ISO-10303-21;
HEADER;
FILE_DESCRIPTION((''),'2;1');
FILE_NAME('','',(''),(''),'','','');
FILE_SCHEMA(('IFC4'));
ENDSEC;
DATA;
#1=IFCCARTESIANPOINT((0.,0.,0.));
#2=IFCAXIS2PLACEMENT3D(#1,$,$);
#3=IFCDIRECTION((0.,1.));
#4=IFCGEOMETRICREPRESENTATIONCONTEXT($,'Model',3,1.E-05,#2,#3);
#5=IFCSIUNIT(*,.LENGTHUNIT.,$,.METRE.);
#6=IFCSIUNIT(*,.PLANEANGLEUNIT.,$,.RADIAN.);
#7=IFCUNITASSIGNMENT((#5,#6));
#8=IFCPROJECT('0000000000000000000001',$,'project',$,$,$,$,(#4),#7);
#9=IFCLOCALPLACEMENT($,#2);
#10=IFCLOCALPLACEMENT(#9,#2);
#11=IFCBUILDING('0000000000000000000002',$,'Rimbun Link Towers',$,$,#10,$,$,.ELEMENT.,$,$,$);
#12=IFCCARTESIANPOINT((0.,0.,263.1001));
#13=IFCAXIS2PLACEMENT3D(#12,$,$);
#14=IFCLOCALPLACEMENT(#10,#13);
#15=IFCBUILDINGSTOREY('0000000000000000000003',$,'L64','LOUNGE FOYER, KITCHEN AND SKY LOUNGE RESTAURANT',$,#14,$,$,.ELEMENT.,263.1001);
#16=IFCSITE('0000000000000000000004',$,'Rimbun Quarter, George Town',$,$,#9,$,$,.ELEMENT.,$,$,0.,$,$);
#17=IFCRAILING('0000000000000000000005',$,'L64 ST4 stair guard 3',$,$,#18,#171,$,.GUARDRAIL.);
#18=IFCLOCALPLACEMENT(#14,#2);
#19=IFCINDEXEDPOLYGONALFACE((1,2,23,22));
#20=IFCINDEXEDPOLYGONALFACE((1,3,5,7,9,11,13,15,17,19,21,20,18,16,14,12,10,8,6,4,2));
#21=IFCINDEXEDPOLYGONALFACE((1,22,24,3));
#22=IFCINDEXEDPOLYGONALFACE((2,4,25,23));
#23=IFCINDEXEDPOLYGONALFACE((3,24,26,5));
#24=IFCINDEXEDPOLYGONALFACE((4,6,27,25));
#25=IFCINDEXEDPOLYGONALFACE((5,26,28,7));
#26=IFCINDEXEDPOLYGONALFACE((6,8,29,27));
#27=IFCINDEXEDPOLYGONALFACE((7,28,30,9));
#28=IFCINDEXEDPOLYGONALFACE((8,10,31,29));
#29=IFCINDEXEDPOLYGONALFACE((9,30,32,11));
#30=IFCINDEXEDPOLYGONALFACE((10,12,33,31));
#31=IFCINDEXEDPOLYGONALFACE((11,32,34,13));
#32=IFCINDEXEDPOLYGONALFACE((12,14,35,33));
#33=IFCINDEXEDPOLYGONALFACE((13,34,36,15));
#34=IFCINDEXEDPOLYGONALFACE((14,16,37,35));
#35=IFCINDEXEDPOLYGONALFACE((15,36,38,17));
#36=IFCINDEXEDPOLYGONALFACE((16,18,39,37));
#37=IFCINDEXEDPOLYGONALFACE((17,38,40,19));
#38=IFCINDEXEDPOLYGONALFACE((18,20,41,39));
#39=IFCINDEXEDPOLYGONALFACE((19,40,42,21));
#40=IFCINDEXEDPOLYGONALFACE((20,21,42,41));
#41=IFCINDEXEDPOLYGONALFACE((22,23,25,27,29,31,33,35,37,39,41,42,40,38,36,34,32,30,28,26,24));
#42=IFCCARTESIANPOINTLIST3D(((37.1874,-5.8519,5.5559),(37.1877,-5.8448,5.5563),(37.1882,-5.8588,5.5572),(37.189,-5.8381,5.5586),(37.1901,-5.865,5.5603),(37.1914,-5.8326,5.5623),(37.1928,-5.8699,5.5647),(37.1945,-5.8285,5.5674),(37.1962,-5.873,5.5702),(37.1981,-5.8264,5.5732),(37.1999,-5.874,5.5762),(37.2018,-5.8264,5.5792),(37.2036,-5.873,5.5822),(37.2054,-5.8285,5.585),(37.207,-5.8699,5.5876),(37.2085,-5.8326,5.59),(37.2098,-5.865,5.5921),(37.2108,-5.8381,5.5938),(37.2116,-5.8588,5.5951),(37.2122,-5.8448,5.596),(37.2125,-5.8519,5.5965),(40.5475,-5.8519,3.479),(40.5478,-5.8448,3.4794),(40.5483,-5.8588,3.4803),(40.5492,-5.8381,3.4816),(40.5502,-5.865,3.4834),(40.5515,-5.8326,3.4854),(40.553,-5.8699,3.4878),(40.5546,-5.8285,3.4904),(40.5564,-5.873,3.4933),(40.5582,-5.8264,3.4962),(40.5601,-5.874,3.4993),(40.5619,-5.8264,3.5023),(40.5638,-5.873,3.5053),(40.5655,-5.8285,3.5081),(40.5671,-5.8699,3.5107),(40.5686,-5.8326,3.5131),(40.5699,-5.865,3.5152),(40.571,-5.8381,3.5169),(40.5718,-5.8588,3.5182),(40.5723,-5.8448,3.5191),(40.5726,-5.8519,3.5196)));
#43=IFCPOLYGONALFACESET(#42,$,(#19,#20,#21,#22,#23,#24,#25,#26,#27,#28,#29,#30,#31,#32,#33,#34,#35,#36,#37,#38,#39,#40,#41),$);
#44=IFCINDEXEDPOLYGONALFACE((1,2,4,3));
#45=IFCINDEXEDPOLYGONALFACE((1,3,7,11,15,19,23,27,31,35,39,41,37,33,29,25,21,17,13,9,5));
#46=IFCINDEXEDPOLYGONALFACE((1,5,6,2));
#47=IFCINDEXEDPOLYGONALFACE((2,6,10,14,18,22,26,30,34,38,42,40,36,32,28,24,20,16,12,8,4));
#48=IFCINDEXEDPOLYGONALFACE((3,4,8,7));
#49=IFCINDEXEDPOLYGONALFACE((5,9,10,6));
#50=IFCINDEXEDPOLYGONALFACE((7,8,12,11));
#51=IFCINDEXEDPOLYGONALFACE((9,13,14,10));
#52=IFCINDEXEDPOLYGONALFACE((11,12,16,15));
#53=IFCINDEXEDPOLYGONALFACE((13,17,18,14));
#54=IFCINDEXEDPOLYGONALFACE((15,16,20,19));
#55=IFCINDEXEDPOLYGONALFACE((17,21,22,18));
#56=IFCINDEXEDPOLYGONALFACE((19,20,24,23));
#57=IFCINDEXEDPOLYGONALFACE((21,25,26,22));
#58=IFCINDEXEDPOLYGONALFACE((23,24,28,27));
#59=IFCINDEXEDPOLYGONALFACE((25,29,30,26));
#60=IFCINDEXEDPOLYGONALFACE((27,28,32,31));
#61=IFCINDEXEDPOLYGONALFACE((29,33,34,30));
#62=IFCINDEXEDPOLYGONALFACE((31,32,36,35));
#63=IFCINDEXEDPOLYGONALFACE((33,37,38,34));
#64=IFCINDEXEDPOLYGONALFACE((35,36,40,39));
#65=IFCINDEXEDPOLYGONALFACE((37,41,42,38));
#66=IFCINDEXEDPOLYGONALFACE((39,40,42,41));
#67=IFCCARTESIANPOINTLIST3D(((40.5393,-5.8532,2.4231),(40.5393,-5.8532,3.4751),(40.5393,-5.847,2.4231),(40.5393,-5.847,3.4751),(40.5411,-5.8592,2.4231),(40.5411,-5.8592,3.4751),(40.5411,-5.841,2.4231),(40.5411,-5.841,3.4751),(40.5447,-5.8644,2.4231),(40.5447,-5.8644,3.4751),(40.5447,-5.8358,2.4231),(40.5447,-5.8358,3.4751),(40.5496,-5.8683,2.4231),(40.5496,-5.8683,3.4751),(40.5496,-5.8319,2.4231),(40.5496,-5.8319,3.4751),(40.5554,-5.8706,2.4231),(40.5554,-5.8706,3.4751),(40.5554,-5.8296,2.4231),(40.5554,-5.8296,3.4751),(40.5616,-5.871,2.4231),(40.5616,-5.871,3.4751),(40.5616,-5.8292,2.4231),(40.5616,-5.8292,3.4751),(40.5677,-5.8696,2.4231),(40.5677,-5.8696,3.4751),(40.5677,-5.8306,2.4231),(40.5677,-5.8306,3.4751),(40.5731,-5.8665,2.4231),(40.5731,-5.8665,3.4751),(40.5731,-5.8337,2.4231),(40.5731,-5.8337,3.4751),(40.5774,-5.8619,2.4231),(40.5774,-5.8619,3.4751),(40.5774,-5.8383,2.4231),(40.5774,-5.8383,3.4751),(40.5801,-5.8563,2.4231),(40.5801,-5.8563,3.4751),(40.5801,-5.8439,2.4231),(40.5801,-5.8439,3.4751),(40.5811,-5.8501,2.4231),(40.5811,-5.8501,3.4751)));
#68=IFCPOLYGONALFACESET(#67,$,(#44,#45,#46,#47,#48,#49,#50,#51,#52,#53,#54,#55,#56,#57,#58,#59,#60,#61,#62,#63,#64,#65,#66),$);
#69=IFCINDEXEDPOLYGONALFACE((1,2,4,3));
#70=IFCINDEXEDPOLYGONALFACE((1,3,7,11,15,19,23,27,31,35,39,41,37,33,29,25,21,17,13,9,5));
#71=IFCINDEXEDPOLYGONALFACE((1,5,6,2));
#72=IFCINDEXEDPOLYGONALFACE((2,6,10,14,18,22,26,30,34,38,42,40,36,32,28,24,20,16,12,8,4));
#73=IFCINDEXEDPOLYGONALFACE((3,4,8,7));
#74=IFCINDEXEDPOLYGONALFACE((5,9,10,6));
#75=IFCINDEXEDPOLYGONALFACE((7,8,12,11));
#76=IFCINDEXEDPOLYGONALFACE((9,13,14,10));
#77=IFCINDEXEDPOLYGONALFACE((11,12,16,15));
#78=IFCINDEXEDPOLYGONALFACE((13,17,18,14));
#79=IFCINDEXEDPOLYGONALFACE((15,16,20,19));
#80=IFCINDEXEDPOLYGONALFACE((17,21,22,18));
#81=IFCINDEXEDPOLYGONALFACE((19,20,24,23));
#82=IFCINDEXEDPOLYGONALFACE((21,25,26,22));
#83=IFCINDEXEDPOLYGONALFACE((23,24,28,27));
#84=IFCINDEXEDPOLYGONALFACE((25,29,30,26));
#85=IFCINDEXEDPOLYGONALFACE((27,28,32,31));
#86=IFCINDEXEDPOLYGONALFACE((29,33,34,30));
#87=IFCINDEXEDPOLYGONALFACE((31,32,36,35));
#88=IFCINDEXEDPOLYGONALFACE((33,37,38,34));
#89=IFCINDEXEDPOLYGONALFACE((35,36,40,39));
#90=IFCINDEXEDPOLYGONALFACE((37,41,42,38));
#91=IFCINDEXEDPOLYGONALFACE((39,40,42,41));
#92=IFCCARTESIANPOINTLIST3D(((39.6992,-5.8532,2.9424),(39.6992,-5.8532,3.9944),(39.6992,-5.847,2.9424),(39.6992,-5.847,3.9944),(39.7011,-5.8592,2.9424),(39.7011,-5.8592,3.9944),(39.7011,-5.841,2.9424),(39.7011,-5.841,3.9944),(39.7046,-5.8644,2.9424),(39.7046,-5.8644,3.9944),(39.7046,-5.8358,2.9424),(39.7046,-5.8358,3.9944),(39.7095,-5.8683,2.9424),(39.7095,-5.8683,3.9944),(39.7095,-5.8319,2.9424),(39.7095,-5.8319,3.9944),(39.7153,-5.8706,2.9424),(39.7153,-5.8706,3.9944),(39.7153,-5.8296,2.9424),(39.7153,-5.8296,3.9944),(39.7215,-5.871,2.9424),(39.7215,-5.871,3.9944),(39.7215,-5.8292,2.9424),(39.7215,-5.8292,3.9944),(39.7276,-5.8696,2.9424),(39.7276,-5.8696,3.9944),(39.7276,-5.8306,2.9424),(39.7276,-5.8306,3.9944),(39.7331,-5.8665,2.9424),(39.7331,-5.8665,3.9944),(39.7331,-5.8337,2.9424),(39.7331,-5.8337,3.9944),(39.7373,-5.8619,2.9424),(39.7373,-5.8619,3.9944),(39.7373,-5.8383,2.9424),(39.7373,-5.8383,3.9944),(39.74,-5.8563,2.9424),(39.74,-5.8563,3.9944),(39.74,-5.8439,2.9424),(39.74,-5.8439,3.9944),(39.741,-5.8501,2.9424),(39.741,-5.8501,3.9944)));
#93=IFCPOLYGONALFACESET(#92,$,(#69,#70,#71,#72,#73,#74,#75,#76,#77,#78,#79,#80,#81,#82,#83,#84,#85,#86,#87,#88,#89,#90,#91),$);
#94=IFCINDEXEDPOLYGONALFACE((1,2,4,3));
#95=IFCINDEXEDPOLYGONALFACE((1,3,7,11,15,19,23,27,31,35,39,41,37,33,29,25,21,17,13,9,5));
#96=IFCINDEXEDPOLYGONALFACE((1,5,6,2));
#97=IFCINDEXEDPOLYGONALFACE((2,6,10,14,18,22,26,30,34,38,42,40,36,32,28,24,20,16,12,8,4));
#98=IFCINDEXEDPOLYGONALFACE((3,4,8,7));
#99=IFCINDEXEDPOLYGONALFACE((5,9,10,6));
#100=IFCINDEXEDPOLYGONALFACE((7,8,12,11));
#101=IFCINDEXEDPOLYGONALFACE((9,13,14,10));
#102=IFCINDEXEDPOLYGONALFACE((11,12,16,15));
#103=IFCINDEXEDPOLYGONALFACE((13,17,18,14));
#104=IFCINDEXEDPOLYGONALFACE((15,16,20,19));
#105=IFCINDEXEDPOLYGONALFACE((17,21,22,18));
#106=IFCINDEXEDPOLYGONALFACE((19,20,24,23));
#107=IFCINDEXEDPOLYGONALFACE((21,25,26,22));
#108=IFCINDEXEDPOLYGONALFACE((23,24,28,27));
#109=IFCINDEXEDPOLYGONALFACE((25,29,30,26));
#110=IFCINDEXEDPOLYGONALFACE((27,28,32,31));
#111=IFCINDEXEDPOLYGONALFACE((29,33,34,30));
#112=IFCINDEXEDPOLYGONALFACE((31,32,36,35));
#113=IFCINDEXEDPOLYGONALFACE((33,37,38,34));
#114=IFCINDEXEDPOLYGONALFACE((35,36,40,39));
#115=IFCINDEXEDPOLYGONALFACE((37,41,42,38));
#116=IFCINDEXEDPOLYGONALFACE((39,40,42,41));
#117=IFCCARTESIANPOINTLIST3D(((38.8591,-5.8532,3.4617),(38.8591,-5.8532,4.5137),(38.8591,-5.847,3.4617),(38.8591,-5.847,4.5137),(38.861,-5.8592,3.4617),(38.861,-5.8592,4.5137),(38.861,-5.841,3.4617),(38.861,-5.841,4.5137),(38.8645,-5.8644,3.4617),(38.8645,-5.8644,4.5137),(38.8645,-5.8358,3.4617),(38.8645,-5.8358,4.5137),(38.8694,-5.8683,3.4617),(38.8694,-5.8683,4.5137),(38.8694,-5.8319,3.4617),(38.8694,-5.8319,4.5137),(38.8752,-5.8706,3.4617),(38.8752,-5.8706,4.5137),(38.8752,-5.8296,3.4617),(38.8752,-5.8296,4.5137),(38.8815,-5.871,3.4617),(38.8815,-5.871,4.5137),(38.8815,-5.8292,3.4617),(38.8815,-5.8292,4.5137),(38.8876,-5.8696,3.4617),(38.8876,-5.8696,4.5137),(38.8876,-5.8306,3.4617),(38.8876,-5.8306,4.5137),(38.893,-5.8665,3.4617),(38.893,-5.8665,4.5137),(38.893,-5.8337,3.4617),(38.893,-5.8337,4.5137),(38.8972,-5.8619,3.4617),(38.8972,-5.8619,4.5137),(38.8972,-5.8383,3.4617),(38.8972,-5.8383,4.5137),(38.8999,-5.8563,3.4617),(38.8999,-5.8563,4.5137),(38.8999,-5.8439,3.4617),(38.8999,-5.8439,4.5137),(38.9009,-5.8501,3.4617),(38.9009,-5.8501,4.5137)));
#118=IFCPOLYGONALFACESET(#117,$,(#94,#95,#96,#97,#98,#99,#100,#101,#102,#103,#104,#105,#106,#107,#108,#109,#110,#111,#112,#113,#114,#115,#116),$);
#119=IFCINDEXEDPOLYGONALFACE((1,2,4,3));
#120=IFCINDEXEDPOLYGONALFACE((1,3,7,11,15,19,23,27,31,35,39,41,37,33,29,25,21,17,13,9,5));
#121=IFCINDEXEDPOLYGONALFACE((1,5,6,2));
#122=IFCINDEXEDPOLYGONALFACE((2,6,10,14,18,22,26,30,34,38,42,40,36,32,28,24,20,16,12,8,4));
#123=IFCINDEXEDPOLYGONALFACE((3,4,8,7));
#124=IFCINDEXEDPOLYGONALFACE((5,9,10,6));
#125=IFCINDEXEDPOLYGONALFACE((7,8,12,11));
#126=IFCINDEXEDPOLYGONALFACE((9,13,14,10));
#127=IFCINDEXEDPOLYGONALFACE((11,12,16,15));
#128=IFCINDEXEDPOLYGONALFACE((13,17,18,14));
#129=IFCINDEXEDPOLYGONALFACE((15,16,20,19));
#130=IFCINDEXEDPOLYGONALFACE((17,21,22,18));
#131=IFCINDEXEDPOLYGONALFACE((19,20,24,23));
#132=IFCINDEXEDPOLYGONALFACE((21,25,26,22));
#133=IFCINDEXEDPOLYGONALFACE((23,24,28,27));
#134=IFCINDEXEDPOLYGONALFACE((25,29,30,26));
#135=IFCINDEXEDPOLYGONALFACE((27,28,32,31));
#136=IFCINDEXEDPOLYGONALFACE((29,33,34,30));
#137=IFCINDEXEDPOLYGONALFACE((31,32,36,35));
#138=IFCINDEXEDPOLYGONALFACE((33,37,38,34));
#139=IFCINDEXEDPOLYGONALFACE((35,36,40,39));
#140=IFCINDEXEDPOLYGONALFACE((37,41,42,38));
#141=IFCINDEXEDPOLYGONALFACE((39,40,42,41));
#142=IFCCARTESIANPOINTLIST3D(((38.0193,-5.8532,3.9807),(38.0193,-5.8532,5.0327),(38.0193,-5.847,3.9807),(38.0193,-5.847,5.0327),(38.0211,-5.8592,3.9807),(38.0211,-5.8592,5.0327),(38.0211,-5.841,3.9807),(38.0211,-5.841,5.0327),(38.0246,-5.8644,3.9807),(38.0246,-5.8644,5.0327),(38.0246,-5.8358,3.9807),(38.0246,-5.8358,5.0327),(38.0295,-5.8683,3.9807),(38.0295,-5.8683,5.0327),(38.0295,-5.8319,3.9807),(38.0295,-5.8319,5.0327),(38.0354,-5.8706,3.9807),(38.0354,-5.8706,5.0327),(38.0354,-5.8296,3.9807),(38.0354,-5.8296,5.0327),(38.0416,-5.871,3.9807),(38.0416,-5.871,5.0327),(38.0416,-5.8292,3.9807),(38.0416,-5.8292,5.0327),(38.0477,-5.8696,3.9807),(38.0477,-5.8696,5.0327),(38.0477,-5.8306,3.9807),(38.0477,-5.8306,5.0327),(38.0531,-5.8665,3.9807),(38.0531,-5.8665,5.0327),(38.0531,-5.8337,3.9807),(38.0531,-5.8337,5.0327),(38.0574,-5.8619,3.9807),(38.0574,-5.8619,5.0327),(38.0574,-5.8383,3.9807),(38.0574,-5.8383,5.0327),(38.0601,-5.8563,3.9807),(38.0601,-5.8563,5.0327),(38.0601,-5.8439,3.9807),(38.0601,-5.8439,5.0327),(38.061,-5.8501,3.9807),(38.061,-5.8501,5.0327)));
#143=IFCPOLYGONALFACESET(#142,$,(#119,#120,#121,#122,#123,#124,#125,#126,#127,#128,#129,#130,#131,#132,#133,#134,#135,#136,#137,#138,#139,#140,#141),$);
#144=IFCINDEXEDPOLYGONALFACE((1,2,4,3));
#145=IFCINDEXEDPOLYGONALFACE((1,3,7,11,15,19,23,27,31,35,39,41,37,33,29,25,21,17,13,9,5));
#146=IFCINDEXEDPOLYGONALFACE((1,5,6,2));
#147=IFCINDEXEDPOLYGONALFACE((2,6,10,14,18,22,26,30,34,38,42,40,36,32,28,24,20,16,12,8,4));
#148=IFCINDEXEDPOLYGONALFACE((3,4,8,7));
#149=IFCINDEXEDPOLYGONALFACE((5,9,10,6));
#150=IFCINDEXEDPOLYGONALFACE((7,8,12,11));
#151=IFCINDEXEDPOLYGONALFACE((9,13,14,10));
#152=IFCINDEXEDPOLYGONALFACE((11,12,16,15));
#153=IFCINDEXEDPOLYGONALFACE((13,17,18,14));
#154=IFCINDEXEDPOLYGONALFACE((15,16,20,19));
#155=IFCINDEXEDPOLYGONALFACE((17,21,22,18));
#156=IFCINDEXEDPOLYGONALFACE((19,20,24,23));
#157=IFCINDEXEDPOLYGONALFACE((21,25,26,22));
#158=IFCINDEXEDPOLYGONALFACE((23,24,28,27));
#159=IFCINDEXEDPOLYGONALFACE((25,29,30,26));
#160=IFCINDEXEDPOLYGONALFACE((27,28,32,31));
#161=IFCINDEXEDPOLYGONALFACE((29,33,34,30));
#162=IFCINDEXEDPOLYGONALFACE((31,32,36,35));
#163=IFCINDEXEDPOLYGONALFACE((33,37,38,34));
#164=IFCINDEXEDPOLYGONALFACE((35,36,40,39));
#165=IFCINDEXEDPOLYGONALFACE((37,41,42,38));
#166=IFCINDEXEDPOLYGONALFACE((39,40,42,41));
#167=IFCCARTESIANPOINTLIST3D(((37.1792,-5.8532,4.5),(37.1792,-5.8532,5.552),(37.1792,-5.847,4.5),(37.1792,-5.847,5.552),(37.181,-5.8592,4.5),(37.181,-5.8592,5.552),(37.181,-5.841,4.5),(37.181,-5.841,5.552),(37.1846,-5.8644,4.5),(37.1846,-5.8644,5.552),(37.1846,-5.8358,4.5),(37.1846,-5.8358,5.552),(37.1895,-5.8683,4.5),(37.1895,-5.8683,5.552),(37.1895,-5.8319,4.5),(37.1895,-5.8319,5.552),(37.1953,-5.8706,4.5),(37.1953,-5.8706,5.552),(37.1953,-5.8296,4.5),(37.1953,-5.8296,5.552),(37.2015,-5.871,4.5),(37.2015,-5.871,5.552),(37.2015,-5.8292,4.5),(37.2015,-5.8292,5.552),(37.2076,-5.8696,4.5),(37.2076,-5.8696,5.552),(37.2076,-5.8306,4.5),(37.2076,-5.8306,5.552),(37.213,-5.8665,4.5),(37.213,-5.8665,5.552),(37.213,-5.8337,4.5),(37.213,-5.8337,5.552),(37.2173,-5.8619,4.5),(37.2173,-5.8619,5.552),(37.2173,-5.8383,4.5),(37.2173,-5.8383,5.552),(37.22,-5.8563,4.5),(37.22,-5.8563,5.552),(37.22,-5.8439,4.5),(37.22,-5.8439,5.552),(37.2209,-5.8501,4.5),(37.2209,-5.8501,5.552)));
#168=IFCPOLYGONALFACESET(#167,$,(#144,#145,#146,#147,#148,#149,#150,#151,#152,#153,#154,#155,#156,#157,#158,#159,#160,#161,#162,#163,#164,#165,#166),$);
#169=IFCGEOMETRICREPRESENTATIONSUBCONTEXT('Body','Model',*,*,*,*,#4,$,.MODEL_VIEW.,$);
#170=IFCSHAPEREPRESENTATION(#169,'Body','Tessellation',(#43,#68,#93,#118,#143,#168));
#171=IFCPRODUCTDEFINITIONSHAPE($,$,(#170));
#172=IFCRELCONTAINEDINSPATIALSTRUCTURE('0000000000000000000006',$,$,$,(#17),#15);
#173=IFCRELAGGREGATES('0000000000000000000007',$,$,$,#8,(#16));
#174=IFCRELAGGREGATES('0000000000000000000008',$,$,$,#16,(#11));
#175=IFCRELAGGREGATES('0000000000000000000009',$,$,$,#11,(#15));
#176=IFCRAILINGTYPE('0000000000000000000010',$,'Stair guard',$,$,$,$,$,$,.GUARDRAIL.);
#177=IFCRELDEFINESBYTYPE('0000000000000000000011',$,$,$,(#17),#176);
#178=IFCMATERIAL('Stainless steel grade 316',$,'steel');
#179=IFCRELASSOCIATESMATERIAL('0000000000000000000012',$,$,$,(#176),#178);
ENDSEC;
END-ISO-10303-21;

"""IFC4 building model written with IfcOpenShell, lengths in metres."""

from ifc_helpers import new_model, si_unit, direction, frame, origin, origin_2d, place, context, subcontext, project, spatial, circle, extrude, material, type_object, element, save


model = new_model("IFC4")

# Units and contexts
model_context = context("Model", 3, precision=1e-05, world=origin(), true_north=direction((0.0, 1.0)))
body_context = subcontext(model_context, "Body", "Model", "MODEL_VIEW")
ifc_project = project(units=[si_unit("LENGTHUNIT", "METRE"), si_unit("PLANEANGLEUNIT", "RADIAN")], contexts=[model_context])

# Site, building, storey
site_placement = place(None, origin())
site = spatial("IfcSite", under=ifc_project, at=site_placement, Name="Rimbun Quarter, George Town", CompositionType="ELEMENT", RefElevation=0.0)
building_placement = place(site_placement, origin())
building = spatial("IfcBuilding", under=site, at=building_placement, Name="Rimbun Link Towers", CompositionType="ELEMENT")
storey_placement = place(building_placement, frame((0.0, 0.0, 263.1001)))
storey = spatial("IfcBuildingStorey", under=building, at=storey_placement, Name="L64", Description="LOUNGE FOYER, KITCHEN AND SKY LOUNGE RESTAURANT", CompositionType="ELEMENT", Elevation=263.1001)

# Railing
ifc_material_1 = material(Name="Stainless steel grade 316", Category="steel")
railing_type_1 = type_object("IfcRailingType", Name="Stair guard", PredefinedType="GUARDRAIL", material=ifc_material_1)
railing_1_placement = place(storey_placement, frame((40.5601, -5.8501, 2.4231)))
element("IfcRailing", 1, at=railing_1_placement, inside=storey, type_object=railing_type_1, Name="L64 ST4 stair guard 3", PredefinedType="GUARDRAIL", context=body_context, shape_type="SweptSolid", body=[
    extrude(circle(Radius=0.0239, at=origin_2d()), frame((0.0, 0.0, 1.0762), z_axis=(-0.850623, 0.0, 0.525776), x_axis=(0.0, -1.0, 0.0)), (0.0, 0.0, 1.0), 3.9502),
    extrude(circle(Radius=0.021, at=origin_2d()), origin(), (0.0, 0.0, 1.0), 1.052),
    extrude(circle(Radius=0.021, at=origin_2d()), frame((-0.8401, 0.0, 0.5193)), (0.0, 0.0, 1.0), 1.052),
    extrude(circle(Radius=0.021, at=origin_2d()), frame((-1.6802, 0.0, 1.0386)), (0.0, 0.0, 1.0), 1.052),
    extrude(circle(Radius=0.021, at=origin_2d()), frame((-2.52, 0.0, 1.5576)), (0.0, 0.0, 1.0), 1.052),
    extrude(circle(Radius=0.021, at=origin_2d()), frame((-3.3601, 0.0, 2.0769)), (0.0, 0.0, 1.0), 1.052),
])

save(model, "model.ifc")
